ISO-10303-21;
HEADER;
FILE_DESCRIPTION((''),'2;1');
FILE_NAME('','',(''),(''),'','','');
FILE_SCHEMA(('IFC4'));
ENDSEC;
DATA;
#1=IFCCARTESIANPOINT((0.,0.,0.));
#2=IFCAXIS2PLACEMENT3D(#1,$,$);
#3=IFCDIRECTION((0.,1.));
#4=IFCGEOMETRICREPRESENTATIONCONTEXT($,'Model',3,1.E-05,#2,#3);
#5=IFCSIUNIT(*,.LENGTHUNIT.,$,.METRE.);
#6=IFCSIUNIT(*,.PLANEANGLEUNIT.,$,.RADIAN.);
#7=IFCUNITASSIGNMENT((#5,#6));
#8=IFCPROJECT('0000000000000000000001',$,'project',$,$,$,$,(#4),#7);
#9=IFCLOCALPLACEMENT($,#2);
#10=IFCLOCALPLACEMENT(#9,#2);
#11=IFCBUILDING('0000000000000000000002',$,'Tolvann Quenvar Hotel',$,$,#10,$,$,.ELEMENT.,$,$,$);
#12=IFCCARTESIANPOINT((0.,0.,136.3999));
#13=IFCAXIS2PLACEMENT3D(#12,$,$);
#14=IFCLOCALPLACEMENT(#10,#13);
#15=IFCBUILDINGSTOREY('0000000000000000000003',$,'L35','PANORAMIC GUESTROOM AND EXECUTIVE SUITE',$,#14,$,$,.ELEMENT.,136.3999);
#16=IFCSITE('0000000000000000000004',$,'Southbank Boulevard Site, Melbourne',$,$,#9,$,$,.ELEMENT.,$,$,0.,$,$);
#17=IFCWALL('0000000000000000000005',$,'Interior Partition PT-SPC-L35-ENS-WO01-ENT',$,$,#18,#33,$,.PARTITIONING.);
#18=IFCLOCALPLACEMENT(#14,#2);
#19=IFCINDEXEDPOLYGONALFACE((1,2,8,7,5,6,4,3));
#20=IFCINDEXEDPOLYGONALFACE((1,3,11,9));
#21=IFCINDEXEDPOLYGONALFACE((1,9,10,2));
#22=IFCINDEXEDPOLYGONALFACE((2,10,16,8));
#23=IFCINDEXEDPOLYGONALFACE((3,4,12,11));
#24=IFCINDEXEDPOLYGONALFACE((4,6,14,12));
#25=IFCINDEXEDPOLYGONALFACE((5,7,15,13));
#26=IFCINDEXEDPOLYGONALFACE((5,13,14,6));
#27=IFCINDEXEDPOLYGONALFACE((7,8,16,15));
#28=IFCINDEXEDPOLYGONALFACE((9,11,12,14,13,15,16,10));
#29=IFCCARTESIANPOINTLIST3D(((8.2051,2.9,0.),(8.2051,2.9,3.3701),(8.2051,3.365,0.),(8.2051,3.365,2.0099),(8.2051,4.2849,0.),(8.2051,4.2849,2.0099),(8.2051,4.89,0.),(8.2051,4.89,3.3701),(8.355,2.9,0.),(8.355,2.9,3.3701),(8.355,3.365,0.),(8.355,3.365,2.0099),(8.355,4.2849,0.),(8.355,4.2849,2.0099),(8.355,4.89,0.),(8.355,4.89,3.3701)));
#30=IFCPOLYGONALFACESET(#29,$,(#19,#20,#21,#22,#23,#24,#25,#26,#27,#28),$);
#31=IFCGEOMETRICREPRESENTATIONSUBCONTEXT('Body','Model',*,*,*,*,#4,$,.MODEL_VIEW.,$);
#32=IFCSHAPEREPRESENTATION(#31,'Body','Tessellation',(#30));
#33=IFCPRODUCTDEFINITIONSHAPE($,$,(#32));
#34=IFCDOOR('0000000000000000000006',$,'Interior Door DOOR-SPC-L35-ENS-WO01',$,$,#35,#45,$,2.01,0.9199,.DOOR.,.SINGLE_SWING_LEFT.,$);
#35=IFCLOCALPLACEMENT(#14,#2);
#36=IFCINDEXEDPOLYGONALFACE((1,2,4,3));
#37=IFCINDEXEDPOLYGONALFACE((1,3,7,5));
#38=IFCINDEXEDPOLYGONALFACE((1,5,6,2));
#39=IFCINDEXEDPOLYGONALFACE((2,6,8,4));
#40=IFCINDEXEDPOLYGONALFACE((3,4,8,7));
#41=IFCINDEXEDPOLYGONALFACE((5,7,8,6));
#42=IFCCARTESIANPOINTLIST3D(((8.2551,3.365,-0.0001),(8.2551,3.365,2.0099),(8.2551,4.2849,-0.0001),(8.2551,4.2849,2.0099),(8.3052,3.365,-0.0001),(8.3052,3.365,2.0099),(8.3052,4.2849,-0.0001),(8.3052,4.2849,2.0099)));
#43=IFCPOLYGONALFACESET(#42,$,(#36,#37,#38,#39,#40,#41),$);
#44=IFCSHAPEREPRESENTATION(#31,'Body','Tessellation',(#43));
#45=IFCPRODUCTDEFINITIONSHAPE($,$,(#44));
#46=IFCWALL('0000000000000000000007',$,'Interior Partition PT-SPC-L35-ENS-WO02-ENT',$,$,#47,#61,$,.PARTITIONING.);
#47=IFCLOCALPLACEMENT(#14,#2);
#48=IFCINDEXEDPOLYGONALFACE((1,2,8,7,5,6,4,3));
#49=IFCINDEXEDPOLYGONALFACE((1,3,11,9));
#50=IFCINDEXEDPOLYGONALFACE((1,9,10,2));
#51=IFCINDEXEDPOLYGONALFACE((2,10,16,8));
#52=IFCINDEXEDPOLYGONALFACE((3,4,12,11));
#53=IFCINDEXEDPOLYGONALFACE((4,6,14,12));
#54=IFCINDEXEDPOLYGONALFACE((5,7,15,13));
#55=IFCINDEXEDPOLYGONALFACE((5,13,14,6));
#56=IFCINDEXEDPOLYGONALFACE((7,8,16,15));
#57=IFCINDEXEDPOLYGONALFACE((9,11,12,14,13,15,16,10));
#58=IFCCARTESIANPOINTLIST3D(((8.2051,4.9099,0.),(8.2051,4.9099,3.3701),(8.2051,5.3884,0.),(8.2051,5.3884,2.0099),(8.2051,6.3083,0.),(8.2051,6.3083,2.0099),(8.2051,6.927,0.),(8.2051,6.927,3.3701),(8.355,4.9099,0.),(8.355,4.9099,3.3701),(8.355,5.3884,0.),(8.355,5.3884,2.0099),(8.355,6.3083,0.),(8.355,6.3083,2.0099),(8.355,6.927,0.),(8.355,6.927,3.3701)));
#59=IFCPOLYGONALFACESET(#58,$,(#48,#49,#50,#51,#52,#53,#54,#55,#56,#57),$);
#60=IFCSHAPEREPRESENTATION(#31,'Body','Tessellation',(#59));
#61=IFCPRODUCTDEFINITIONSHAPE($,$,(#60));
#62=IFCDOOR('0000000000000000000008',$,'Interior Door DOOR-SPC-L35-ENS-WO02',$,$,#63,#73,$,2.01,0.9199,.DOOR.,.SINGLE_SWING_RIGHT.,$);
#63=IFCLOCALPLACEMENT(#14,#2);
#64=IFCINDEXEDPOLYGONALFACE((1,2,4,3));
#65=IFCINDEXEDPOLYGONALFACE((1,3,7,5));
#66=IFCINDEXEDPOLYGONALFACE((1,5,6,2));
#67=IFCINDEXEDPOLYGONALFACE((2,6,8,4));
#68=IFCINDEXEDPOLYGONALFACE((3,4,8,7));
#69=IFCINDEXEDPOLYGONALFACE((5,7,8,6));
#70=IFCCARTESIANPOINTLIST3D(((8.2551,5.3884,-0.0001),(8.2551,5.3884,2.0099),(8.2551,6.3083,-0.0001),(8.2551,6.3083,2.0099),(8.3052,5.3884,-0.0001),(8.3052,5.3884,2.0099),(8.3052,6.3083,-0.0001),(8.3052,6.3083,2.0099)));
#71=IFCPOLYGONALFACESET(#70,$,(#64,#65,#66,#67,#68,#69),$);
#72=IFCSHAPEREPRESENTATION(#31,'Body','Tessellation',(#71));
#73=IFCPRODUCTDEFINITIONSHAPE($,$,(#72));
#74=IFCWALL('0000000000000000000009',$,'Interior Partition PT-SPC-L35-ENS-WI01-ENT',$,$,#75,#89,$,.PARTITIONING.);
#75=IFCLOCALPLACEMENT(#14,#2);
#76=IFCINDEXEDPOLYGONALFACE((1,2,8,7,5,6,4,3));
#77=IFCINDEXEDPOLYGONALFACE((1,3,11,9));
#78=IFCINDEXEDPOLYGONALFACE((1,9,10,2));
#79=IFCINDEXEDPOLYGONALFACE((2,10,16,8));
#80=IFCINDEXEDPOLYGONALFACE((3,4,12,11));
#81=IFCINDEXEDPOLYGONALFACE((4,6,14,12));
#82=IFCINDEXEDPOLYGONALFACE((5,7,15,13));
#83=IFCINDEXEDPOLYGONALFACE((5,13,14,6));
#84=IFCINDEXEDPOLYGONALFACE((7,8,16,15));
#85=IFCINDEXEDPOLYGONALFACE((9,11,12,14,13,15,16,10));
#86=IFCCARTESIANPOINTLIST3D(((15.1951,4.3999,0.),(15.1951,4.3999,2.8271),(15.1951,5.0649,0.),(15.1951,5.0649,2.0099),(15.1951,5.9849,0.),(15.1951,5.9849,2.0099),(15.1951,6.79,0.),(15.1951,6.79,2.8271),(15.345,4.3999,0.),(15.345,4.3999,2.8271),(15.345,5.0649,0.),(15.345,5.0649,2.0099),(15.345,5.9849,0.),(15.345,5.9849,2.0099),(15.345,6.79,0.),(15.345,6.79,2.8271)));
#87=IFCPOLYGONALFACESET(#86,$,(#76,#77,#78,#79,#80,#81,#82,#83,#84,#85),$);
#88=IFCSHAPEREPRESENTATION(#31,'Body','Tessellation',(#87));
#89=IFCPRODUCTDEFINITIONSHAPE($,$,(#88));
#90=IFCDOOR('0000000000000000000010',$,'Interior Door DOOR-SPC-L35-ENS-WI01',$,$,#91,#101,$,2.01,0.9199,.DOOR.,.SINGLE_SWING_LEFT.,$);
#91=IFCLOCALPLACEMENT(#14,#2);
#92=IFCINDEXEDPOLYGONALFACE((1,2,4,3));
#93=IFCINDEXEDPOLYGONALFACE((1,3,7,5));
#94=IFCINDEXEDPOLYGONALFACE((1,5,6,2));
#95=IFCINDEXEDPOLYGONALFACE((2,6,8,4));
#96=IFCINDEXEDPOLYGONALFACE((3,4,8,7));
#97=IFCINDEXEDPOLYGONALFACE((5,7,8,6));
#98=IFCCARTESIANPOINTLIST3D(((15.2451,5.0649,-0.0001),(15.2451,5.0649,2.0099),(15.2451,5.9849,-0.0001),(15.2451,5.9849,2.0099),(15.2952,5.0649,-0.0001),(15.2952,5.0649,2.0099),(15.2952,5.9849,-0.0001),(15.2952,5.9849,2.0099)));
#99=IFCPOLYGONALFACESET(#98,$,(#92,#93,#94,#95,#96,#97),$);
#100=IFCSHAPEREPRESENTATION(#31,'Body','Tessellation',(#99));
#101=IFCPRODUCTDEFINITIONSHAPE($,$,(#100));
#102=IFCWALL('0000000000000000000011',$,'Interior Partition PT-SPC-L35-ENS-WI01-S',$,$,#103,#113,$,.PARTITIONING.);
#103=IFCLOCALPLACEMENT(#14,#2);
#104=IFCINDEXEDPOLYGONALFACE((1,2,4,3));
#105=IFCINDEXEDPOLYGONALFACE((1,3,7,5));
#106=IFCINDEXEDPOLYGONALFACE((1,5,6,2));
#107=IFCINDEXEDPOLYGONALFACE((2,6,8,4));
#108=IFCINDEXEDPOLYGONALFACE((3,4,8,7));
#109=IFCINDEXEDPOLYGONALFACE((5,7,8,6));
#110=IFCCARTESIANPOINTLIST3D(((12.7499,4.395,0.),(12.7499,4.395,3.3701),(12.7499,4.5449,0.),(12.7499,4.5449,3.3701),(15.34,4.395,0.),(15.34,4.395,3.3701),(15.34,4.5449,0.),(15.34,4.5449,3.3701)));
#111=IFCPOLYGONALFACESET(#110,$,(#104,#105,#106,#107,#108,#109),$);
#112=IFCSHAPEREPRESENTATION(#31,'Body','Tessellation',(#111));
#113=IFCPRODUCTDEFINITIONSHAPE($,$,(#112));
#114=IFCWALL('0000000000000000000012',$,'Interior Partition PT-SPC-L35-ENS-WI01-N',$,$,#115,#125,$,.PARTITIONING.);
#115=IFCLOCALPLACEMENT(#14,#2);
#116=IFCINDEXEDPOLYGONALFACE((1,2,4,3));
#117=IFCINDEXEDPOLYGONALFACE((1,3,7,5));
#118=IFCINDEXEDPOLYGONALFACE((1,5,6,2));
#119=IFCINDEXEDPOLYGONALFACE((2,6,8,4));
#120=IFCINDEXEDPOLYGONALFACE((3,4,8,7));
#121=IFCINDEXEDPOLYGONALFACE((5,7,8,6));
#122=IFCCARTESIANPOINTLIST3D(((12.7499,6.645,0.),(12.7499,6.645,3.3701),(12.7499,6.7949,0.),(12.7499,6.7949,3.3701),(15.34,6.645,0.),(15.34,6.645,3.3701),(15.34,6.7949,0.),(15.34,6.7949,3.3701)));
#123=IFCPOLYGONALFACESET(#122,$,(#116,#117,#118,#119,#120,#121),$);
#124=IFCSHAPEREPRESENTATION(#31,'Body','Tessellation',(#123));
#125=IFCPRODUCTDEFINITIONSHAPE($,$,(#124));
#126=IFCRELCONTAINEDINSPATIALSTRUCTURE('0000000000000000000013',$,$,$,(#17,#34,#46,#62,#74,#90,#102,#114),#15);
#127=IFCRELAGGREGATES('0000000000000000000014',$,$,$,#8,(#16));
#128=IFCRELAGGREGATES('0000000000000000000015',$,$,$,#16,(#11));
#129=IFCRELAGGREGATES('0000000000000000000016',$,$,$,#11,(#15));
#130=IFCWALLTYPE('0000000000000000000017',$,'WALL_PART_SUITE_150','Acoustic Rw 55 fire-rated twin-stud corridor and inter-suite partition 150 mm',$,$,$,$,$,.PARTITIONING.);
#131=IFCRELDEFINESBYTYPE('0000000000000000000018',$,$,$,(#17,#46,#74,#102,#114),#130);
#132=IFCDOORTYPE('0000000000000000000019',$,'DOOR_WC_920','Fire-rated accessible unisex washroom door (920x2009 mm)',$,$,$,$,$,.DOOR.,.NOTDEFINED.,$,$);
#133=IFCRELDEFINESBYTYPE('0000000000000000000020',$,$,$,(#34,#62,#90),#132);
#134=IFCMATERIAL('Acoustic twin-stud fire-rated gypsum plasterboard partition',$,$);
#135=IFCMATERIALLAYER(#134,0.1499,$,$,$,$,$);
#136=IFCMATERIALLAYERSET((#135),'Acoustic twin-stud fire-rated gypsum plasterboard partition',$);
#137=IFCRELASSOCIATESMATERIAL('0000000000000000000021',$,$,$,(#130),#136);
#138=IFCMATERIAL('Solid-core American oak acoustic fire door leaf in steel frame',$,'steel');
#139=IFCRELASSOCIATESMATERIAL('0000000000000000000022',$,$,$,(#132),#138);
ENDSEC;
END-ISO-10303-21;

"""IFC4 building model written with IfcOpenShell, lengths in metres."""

from ifc_helpers import new_model, si_unit, direction, frame, frame_2d, origin, place, context, subcontext, project, spatial, rectangle, extrude, source, transform, mapped, material, layer, layer_set, type_object, type_shapes, element, fill, save


model = new_model("IFC4")

# Units and contexts
model_context = context("Model", 3, precision=1e-05, world=origin(), true_north=direction((0.0, 1.0)))
body_context = subcontext(model_context, "Body", "Model", "MODEL_VIEW")
ifc_project = project(units=[si_unit("LENGTHUNIT", "METRE"), si_unit("PLANEANGLEUNIT", "RADIAN")], contexts=[model_context])

# Site, building, storey
site_placement = place(None, origin())
site = spatial("IfcSite", under=ifc_project, at=site_placement, Name="Southbank Boulevard Site, Melbourne", CompositionType="ELEMENT", RefElevation=0.0)
building_placement = place(site_placement, origin())
building = spatial("IfcBuilding", under=site, at=building_placement, Name="Tolvann Quenvar Hotel", CompositionType="ELEMENT")
storey_placement = place(building_placement, frame((0.0, 0.0, 136.3999)))
storey = spatial("IfcBuildingStorey", under=building, at=storey_placement, Name="L35", Description="PANORAMIC GUESTROOM AND EXECUTIVE SUITE", CompositionType="ELEMENT", Elevation=136.3999)

# Walls, openings, doors
ifc_material_1 = material(Name="Acoustic twin-stud fire-rated gypsum plasterboard partition")
ifc_layer_1 = layer(ifc_material_1, 0.1499)
ifc_layer_set_1 = layer_set([ifc_layer_1], Name="Acoustic twin-stud fire-rated gypsum plasterboard partition")
wall_type_1 = type_object("IfcWallType", Name="WALL_PART_SUITE_150", Description="Acoustic Rw 55 fire-rated twin-stud corridor and inter-suite partition 150 mm", PredefinedType="PARTITIONING", material=ifc_layer_set_1)
wall_1_placement = place(storey_placement, frame((8.28, 2.8999, 0.0), z_axis=(0.0, 0.0, 1.0), x_axis=(0.0, 1.0, 0.0)))
wall_1 = element("IfcWall", 1, at=wall_1_placement, inside=storey, type_object=wall_type_1, Name="Interior Partition PT-SPC-L35-ENS-WO01-ENT", PredefinedType="PARTITIONING", context=body_context, shape_type="SweptSolid", body=[
    extrude(rectangle(XDim=1.99, YDim=0.1499, at=frame_2d((0.9951, 0.0))), origin(), (0.0, 0.0, 1.0), 3.3701),
])
opening_1_placement = place(wall_1_placement, frame((0.4651, 0.0, 0.0)))
opening_1 = element("IfcOpeningElement", 2, at=opening_1_placement, cuts=wall_1, PredefinedType="OPENING", context=body_context, shape_type="SweptSolid", body=[
    extrude(rectangle(XDim=0.9199, YDim=2.01, at=frame_2d((0.46, 1.0049))), frame((0.0, 0.085, 0.0), z_axis=(0.0, -1.0, 0.0), x_axis=(1.0, 0.0, 0.0)), (0.0, 0.0, 1.0), 0.1699),
])
ifc_material_2 = material(Name="Solid-core American oak acoustic fire door leaf in steel frame", Category="steel")
door_type_1 = type_object("IfcDoorType", Name="DOOR_WC_920", Description="Fire-rated accessible unisex washroom door (920x2009 mm)", OperationType="NOTDEFINED", PredefinedType="DOOR", material=ifc_material_2)
shared_shape_1 = source(origin(), body_context, "Body", "SweptSolid", [
    extrude(rectangle(XDim=0.9199, YDim=2.01, at=frame_2d((0.46, 1.0049))), frame((0.0, 0.0249, 0.0), z_axis=(0.0, -1.0, 0.0), x_axis=(1.0, 0.0, 0.0)), (0.0, 0.0, 1.0), 0.05),
])
type_shapes(door_type_1, [shared_shape_1])
door_1_placement = place(opening_1_placement, origin())
door_1 = element("IfcDoor", 3, at=door_1_placement, inside=storey, type_object=door_type_1, Name="Interior Door DOOR-SPC-L35-ENS-WO01", OperationType="SINGLE_SWING_LEFT", OverallHeight=2.01, OverallWidth=0.9199, PredefinedType="DOOR", context=body_context, shape_type="MappedRepresentation", body=[
    mapped(shared_shape_1, transform((0.0, 0.0, 0.0), x_axis=(1.0, 0.0, 0.0), y_axis=(0.0, 1.0, 0.0), z_axis=(0.0, 0.0, 1.0), scale=1.0)),
])
fill(opening_1, door_1)
wall_2_placement = place(storey_placement, frame((8.28, 4.9099, 0.0), z_axis=(0.0, 0.0, 1.0), x_axis=(0.0, 1.0, 0.0)))
wall_2 = element("IfcWall", 4, at=wall_2_placement, inside=storey, type_object=wall_type_1, Name="Interior Partition PT-SPC-L35-ENS-WO02-ENT", PredefinedType="PARTITIONING", context=body_context, shape_type="SweptSolid", body=[
    extrude(rectangle(XDim=2.0171, YDim=0.1499, at=frame_2d((1.0085, 0.0))), origin(), (0.0, 0.0, 1.0), 3.3701),
])
opening_2_placement = place(wall_2_placement, frame((0.4785, 0.0, 0.0)))
opening_2 = element("IfcOpeningElement", 5, at=opening_2_placement, cuts=wall_2, PredefinedType="OPENING", context=body_context, shape_type="SweptSolid", body=[
    extrude(rectangle(XDim=0.9199, YDim=2.01, at=frame_2d((0.46, 1.0049))), frame((0.0, 0.085, 0.0), z_axis=(0.0, -1.0, 0.0), x_axis=(1.0, 0.0, 0.0)), (0.0, 0.0, 1.0), 0.1699),
])
door_2_placement = place(opening_2_placement, origin())
door_2 = element("IfcDoor", 6, at=door_2_placement, inside=storey, type_object=door_type_1, Name="Interior Door DOOR-SPC-L35-ENS-WO02", OperationType="SINGLE_SWING_RIGHT", OverallHeight=2.01, OverallWidth=0.9199, PredefinedType="DOOR", context=body_context, shape_type="MappedRepresentation", body=[
    mapped(shared_shape_1, transform((0.0, 0.0, 0.0), x_axis=(1.0, 0.0, 0.0), y_axis=(0.0, 1.0, 0.0), z_axis=(0.0, 0.0, 1.0), scale=1.0)),
])
fill(opening_2, door_2)
wall_3_placement = place(storey_placement, frame((15.27, 4.3999, 0.0), z_axis=(0.0, 0.0, 1.0), x_axis=(0.0, 1.0, 0.0)))
wall_3 = element("IfcWall", 7, at=wall_3_placement, inside=storey, type_object=wall_type_1, Name="Interior Partition PT-SPC-L35-ENS-WI01-ENT", PredefinedType="PARTITIONING", context=body_context, shape_type="SweptSolid", body=[
    extrude(rectangle(XDim=2.3901, YDim=0.1499, at=frame_2d((1.1951, 0.0))), origin(), (0.0, 0.0, 1.0), 2.8271),
])
opening_3_placement = place(wall_3_placement, frame((0.665, 0.0, 0.0)))
opening_3 = element("IfcOpeningElement", 8, at=opening_3_placement, cuts=wall_3, PredefinedType="OPENING", context=body_context, shape_type="SweptSolid", body=[
    extrude(rectangle(XDim=0.9199, YDim=2.01, at=frame_2d((0.46, 1.0049))), frame((0.0, 0.085, 0.0), z_axis=(0.0, -1.0, 0.0), x_axis=(1.0, 0.0, 0.0)), (0.0, 0.0, 1.0), 0.1699),
])
door_3_placement = place(opening_3_placement, origin())
door_3 = element("IfcDoor", 9, at=door_3_placement, inside=storey, type_object=door_type_1, Name="Interior Door DOOR-SPC-L35-ENS-WI01", OperationType="SINGLE_SWING_LEFT", OverallHeight=2.01, OverallWidth=0.9199, PredefinedType="DOOR", context=body_context, shape_type="MappedRepresentation", body=[
    mapped(shared_shape_1, transform((0.0, 0.0, 0.0), x_axis=(1.0, 0.0, 0.0), y_axis=(0.0, 1.0, 0.0), z_axis=(0.0, 0.0, 1.0), scale=1.0)),
])
fill(opening_3, door_3)

# Walls
for number, where, z_axis, x_axis, name in (
    (10, (12.75, 4.47, 0.0), (0.0, 0.0, 1.0), (1.0, 0.0, 0.0), "Interior Partition PT-SPC-L35-ENS-WI01-S"),
    (11, (12.75, 6.72, 0.0), (0.0, 0.0, 1.0), (1.0, 0.0, 0.0), "Interior Partition PT-SPC-L35-ENS-WI01-N"),
):
    element("IfcWall", number, at=place(storey_placement, frame(where, z_axis=z_axis, x_axis=x_axis)), inside=storey, type_object=wall_type_1, Name=name, PredefinedType="PARTITIONING", context=body_context, shape_type="SweptSolid", body=[
        extrude(rectangle(XDim=2.5901, YDim=0.1499, at=frame_2d((1.2949, 0.0))), origin(), (0.0, 0.0, 1.0), 3.3701),
    ])

save(model, "model.ifc")
